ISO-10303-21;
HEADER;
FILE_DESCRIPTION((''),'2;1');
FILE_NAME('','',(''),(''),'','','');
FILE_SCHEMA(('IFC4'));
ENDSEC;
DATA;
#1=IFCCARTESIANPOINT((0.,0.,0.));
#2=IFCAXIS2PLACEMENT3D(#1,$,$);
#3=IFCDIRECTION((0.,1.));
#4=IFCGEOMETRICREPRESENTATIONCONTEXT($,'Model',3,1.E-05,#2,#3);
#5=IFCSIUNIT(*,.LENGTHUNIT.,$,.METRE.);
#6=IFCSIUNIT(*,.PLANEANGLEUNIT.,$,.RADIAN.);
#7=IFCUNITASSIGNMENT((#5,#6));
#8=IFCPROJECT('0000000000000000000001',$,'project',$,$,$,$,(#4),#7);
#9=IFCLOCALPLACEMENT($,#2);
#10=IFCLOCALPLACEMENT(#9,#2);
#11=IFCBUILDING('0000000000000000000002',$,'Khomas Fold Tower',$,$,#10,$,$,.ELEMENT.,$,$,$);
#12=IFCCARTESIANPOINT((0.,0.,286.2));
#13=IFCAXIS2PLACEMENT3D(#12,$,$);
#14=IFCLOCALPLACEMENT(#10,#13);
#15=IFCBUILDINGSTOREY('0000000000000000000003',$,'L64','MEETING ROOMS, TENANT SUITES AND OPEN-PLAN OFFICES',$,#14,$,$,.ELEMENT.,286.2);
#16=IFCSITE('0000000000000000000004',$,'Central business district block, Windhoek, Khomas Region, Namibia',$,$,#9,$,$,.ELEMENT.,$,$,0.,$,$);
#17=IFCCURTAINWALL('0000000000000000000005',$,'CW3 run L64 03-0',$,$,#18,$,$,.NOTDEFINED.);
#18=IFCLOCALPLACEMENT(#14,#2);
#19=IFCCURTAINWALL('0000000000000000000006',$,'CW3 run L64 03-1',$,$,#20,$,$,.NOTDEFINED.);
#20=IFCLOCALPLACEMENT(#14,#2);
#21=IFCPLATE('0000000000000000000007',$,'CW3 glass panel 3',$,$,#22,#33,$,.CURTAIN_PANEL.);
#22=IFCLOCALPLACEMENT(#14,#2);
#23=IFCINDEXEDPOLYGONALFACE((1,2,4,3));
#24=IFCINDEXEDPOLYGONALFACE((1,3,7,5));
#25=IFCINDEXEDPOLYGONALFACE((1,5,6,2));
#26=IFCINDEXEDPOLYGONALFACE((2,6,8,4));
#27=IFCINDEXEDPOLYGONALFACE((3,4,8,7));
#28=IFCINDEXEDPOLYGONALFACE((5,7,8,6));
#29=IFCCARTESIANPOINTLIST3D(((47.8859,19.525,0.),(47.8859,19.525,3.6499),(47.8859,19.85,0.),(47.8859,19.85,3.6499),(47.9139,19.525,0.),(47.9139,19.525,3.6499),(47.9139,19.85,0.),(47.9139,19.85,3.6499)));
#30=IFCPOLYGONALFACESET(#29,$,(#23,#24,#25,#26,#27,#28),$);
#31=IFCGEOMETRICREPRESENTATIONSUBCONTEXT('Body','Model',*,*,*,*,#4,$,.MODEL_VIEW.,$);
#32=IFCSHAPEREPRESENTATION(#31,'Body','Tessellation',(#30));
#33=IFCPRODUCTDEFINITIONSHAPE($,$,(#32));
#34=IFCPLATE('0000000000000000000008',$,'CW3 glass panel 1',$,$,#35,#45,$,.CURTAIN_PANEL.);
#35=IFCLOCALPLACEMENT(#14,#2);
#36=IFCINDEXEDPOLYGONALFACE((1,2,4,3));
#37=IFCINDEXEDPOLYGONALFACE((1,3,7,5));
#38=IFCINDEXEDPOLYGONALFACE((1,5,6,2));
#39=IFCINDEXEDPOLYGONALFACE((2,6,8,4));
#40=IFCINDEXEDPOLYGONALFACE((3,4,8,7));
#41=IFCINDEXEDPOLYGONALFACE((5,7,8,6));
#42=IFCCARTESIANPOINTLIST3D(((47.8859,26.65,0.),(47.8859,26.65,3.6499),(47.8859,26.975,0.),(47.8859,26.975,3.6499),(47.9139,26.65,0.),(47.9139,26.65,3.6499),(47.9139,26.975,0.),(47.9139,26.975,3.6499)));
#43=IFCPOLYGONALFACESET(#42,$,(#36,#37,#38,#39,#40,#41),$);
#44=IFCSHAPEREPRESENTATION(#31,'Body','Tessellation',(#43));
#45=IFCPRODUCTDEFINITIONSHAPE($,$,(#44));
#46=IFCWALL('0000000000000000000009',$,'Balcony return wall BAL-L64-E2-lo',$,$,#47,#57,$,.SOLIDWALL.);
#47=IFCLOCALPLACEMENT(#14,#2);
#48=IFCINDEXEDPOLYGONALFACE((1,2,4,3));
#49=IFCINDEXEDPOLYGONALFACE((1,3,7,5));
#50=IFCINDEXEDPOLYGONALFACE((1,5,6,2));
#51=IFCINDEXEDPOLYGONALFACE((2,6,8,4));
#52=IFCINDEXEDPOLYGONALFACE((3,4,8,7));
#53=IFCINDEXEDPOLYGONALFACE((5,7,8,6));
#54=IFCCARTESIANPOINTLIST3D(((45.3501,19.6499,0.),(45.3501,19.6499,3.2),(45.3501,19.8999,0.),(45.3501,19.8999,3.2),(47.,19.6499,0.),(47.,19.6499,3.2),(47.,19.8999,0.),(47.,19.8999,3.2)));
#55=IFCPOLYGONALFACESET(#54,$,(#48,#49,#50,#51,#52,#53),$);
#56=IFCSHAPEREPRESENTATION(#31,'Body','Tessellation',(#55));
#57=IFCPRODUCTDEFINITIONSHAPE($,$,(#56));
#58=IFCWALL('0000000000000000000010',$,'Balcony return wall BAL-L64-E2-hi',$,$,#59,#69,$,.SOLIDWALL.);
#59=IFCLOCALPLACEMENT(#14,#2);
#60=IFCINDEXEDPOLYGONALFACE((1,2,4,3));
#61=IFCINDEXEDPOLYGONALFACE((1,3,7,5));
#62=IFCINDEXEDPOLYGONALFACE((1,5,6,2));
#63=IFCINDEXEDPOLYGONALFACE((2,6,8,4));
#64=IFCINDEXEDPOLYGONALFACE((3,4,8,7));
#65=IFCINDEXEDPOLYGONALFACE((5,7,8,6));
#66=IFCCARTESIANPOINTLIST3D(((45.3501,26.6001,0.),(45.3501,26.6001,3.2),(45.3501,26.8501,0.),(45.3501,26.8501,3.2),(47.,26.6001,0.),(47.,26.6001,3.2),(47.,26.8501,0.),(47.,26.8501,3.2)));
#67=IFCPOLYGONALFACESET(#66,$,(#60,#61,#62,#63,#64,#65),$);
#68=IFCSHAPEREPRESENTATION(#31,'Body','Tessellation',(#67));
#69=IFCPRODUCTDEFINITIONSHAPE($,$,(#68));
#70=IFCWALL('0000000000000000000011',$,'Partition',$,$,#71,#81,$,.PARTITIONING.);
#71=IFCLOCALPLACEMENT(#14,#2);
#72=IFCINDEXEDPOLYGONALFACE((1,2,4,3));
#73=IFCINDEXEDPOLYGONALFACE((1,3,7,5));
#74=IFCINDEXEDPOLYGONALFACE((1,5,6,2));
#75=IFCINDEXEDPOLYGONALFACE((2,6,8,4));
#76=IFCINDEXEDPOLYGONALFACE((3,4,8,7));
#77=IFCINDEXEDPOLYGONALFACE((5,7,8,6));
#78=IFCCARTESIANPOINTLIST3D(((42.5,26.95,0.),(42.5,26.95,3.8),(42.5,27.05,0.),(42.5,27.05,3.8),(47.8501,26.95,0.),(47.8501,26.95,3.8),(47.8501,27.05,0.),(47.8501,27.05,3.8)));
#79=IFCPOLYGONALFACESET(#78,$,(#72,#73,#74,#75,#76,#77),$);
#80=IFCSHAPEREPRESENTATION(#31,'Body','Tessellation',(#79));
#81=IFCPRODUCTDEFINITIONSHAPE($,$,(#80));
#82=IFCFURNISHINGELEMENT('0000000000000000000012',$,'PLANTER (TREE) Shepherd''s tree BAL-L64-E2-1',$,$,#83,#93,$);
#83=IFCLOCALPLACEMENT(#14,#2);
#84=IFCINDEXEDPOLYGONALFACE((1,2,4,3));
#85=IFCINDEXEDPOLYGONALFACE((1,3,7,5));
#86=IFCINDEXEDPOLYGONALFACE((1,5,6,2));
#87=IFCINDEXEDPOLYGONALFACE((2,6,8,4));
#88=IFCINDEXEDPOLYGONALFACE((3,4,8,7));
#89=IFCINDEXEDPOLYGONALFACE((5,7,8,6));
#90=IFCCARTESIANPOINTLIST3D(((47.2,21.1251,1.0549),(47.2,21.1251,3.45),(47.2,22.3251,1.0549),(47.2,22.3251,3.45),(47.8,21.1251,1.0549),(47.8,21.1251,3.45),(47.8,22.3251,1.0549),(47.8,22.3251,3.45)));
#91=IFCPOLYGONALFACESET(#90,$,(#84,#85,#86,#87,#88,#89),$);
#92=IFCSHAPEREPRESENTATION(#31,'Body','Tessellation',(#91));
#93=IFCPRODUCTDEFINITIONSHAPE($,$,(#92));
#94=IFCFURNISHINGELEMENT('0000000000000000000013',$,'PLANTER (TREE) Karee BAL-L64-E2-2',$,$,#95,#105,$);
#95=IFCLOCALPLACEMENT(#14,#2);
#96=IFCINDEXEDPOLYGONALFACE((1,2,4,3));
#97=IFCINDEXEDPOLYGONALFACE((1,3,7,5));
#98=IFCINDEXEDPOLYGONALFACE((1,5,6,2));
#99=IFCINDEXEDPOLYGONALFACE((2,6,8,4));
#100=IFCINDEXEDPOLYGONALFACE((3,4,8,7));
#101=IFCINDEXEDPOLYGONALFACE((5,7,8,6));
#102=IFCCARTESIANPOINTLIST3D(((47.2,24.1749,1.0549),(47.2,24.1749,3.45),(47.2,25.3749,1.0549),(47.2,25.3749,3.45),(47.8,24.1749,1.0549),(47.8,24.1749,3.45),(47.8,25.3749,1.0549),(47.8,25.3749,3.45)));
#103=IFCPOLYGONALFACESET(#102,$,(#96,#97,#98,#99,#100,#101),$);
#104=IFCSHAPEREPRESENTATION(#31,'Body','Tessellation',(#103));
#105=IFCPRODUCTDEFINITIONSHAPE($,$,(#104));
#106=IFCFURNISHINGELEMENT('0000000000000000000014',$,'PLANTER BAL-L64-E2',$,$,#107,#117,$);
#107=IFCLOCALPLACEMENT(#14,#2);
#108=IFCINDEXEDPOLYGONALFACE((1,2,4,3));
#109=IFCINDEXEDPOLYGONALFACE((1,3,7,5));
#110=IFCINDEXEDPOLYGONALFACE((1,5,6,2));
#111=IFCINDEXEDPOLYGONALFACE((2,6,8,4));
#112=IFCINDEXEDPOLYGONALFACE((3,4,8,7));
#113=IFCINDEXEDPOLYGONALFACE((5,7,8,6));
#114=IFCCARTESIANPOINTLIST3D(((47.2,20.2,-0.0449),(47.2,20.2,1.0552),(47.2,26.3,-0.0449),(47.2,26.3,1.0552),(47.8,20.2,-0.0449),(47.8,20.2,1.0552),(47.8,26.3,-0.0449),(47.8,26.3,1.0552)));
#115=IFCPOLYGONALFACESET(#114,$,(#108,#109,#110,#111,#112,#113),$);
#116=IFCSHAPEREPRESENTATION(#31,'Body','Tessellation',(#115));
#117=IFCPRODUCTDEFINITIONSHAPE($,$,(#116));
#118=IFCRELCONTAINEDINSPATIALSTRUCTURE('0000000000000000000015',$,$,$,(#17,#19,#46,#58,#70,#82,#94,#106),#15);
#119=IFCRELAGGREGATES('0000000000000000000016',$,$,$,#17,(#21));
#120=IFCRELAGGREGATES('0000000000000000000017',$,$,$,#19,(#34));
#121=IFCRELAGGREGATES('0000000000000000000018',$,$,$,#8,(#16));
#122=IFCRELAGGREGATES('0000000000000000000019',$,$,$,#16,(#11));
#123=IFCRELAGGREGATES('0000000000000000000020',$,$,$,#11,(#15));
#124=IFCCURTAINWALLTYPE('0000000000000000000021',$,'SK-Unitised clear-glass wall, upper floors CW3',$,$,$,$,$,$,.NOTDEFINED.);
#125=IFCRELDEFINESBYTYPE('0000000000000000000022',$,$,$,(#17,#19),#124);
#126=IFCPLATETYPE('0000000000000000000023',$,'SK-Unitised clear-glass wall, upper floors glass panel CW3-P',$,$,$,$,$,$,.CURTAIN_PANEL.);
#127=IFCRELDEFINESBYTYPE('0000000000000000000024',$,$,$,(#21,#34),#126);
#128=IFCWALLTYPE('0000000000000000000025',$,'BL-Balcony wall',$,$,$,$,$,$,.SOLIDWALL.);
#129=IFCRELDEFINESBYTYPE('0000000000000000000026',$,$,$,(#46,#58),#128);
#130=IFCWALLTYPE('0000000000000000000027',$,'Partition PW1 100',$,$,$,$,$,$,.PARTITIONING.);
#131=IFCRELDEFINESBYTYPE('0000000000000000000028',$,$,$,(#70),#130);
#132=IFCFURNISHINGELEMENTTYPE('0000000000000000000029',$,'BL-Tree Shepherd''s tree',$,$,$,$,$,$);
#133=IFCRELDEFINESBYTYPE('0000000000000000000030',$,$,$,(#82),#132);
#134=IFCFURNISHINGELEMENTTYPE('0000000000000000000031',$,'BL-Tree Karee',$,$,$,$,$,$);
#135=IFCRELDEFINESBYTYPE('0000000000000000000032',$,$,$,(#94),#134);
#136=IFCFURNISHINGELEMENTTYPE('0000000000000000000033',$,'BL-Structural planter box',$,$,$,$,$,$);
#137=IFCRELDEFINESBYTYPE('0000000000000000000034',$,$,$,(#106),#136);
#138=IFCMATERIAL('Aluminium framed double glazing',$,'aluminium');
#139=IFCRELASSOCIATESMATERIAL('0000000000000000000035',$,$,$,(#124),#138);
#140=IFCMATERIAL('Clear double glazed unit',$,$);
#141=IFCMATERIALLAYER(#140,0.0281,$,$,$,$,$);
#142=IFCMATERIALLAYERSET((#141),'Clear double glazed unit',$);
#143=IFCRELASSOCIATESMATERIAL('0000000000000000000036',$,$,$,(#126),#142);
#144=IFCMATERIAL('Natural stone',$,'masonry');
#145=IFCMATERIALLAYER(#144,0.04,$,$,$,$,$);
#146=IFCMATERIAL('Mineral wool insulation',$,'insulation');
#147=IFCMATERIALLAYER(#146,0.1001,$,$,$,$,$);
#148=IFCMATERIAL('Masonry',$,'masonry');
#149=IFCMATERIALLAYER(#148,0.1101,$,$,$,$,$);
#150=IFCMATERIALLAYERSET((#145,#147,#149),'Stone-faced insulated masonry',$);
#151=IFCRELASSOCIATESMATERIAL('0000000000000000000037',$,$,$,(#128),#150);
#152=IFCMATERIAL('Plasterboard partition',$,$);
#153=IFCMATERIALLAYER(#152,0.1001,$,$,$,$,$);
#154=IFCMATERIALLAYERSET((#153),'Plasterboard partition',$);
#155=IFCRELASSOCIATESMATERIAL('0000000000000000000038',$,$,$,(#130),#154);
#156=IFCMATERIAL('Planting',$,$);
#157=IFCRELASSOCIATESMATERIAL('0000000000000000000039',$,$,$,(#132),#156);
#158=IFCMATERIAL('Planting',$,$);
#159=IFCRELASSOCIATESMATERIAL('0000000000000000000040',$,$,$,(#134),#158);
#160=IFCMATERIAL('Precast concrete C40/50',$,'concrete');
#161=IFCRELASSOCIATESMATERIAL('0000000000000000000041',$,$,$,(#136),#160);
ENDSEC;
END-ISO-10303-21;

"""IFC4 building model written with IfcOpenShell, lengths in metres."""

from ifc_helpers import new_model, si_unit, direction, frame, frame_2d, origin, origin_2d, place, context, subcontext, project, spatial, rectangle, extrude, source, transform, mapped, material, layer, layer_set, type_object, element, aggregate, save


model = new_model("IFC4")

# Units and contexts
model_context = context("Model", 3, precision=1e-05, world=origin(), true_north=direction((0.0, 1.0)))
body_context = subcontext(model_context, "Body", "Model", "MODEL_VIEW")
ifc_project = project(units=[si_unit("LENGTHUNIT", "METRE"), si_unit("PLANEANGLEUNIT", "RADIAN")], contexts=[model_context])

# Site, building, storey
site_placement = place(None, origin())
site = spatial("IfcSite", under=ifc_project, at=site_placement, Name="Central business district block, Windhoek, Khomas Region, Namibia", CompositionType="ELEMENT", RefElevation=0.0)
building_placement = place(site_placement, origin())
building = spatial("IfcBuilding", under=site, at=building_placement, Name="Khomas Fold Tower", CompositionType="ELEMENT")
storey_placement = place(building_placement, frame((0.0, 0.0, 286.2)))
storey = spatial("IfcBuildingStorey", under=building, at=storey_placement, Name="L64", Description="MEETING ROOMS, TENANT SUITES AND OPEN-PLAN OFFICES", CompositionType="ELEMENT", Elevation=286.2)

# Curtain wall
ifc_material_1 = material(Name="Aluminium framed double glazing", Category="aluminium")
curtain_wall_type = type_object("IfcCurtainWallType", Name="SK-Unitised clear-glass wall, upper floors CW3", PredefinedType="NOTDEFINED", material=ifc_material_1)
curtain_wall_1_placement = place(storey_placement, origin())
curtain_wall_1 = element("IfcCurtainWall", 1, at=curtain_wall_1_placement, inside=storey, type_object=curtain_wall_type, Name="CW3 run L64 03-0", PredefinedType="NOTDEFINED")

# Curtain wall
curtain_wall_2_placement = place(storey_placement, origin())
curtain_wall_2 = element("IfcCurtainWall", 2, at=curtain_wall_2_placement, inside=storey, type_object=curtain_wall_type, Name="CW3 run L64 03-1", PredefinedType="NOTDEFINED")

# Plates
ifc_material_2 = material(Name="Clear double glazed unit")
ifc_layer_1 = layer(ifc_material_2, 0.0281)
ifc_layer_set_1 = layer_set([ifc_layer_1], Name="Clear double glazed unit")
plate_type = type_object("IfcPlateType", Name="SK-Unitised clear-glass wall, upper floors glass panel CW3-P", PredefinedType="CURTAIN_PANEL", material=ifc_layer_set_1)
shared_shape_1 = source(origin(), body_context, "Body", "SweptSolid", [
    extrude(rectangle(XDim=0.325, YDim=0.0281, at=origin_2d()), origin(), (0.0, 0.0, 1.0), 3.6499),
])
plate_1_placement = place(storey_placement, frame((47.8999, 19.6875, 0.0), z_axis=(0.0, 0.0, 1.0), x_axis=(0.0, 1.0, 0.0)))
plate_1 = element("IfcPlate", 3, at=plate_1_placement, type_object=plate_type, Name="CW3 glass panel 3", PredefinedType="CURTAIN_PANEL", context=body_context, shape_type="MappedRepresentation", body=[
    mapped(shared_shape_1, transform((0.0, 0.0, 0.0))),
])
aggregate(curtain_wall_1, [plate_1])
plate_2_placement = place(storey_placement, frame((47.8999, 26.8125, 0.0), z_axis=(0.0, 0.0, 1.0), x_axis=(0.0, 1.0, 0.0)))
plate_2 = element("IfcPlate", 4, at=plate_2_placement, type_object=plate_type, Name="CW3 glass panel 1", PredefinedType="CURTAIN_PANEL", context=body_context, shape_type="MappedRepresentation", body=[
    mapped(shared_shape_1, transform((0.0, 0.0, 0.0))),
])
aggregate(curtain_wall_2, [plate_2])

# Shared definitions
ifc_material_3 = material(Name="Natural stone", Category="masonry")
ifc_layer_2 = layer(ifc_material_3, 0.04)
ifc_material_4 = material(Name="Mineral wool insulation", Category="insulation")
ifc_layer_3 = layer(ifc_material_4, 0.1001)
ifc_material_5 = material(Name="Masonry", Category="masonry")
ifc_layer_4 = layer(ifc_material_5, 0.1101)
ifc_layer_set_2 = layer_set([ifc_layer_2, ifc_layer_3, ifc_layer_4], Name="Stone-faced insulated masonry")
wall_type_1 = type_object("IfcWallType", Name="BL-Balcony wall", PredefinedType="SOLIDWALL", material=ifc_layer_set_2)

# Walls
shared_shape_2 = source(origin(), body_context, "Body", "SweptSolid", [
    extrude(rectangle(XDim=1.6499, YDim=0.25, at=frame_2d((0.825, 0.0))), origin(), (0.0, 0.0, 1.0), 3.2),
])
for number, where, z_axis, x_axis, name in (
    (5, (47.0, 19.7749, 0.0), (0.0, 0.0, 1.0), (-1.0, 0.0, 0.0), "Balcony return wall BAL-L64-E2-lo"),
    (6, (47.0, 26.7251, 0.0), (0.0, 0.0, 1.0), (-1.0, 0.0, 0.0), "Balcony return wall BAL-L64-E2-hi"),
):
    element("IfcWall", number, at=place(storey_placement, frame(where, z_axis=z_axis, x_axis=x_axis)), inside=storey, type_object=wall_type_1, Name=name, PredefinedType="SOLIDWALL", context=body_context, shape_type="MappedRepresentation", body=[
        mapped(shared_shape_2, transform((0.0, 0.0, 0.0))),
    ])
ifc_material_6 = material(Name="Plasterboard partition")
ifc_layer_5 = layer(ifc_material_6, 0.1001)
ifc_layer_set_3 = layer_set([ifc_layer_5], Name="Plasterboard partition")
wall_type_2 = type_object("IfcWallType", Name="Partition PW1 100", PredefinedType="PARTITIONING", material=ifc_layer_set_3)
shared_shape_3 = source(origin(), body_context, "Body", "SweptSolid", [
    extrude(rectangle(XDim=5.3501, YDim=0.1001, at=frame_2d((2.675, 0.0))), origin(), (0.0, 0.0, 1.0), 3.8),
])
wall_1_placement = place(storey_placement, frame((42.5, 27.0, 0.0), z_axis=(0.0, 0.0, 1.0), x_axis=(1.0, 0.0, 0.0)))
element("IfcWall", 7, at=wall_1_placement, inside=storey, type_object=wall_type_2, Name="Partition", PredefinedType="PARTITIONING", context=body_context, shape_type="MappedRepresentation", body=[
    mapped(shared_shape_3, transform((0.0, 0.0, 0.0))),
])

# Furnishing elements
ifc_material_7 = material(Name="Planting")
furnishing_element_type_1 = type_object("IfcFurnishingElementType", Name="BL-Tree Shepherd's tree", material=ifc_material_7)
shared_shape_4 = source(origin(), body_context, "Body", "SweptSolid", [
    extrude(rectangle(XDim=1.2, YDim=0.6001, at=origin_2d()), origin(), (0.0, 0.0, 1.0), 2.395),
])
furnishing_1_placement = place(storey_placement, frame((47.5, 21.7251, 1.0549), z_axis=(0.0, 0.0, 1.0), x_axis=(0.0, 1.0, 0.0)))
element("IfcFurnishingElement", 8, at=furnishing_1_placement, inside=storey, type_object=furnishing_element_type_1, Name="PLANTER (TREE) Shepherd's tree BAL-L64-E2-1", context=body_context, shape_type="MappedRepresentation", body=[
    mapped(shared_shape_4, transform((0.0, 0.0, 0.0))),
])
ifc_material_8 = material(Name="Planting")
furnishing_element_type_2 = type_object("IfcFurnishingElementType", Name="BL-Tree Karee", material=ifc_material_8)
furnishing_2_placement = place(storey_placement, frame((47.5, 24.7749, 1.0549), z_axis=(0.0, 0.0, 1.0), x_axis=(0.0, 1.0, 0.0)))
element("IfcFurnishingElement", 9, at=furnishing_2_placement, inside=storey, type_object=furnishing_element_type_2, Name="PLANTER (TREE) Karee BAL-L64-E2-2", context=body_context, shape_type="MappedRepresentation", body=[
    mapped(shared_shape_4, transform((0.0, 0.0, 0.0))),
])
ifc_material_9 = material(Name="Precast concrete C40/50", Category="concrete")
furnishing_element_type_3 = type_object("IfcFurnishingElementType", Name="BL-Structural planter box", material=ifc_material_9)
shared_shape_5 = source(origin(), body_context, "Body", "SweptSolid", [
    extrude(rectangle(XDim=6.1001, YDim=0.6001, at=origin_2d()), origin(), (0.0, 0.0, 1.0), 1.1001),
])
furnishing_3_placement = place(storey_placement, frame((47.5, 23.25, -0.0449), z_axis=(0.0, 0.0, 1.0), x_axis=(0.0, 1.0, 0.0)))
element("IfcFurnishingElement", 10, at=furnishing_3_placement, inside=storey, type_object=furnishing_element_type_3, Name="PLANTER BAL-L64-E2", context=body_context, shape_type="MappedRepresentation", body=[
    mapped(shared_shape_5, transform((0.0, 0.0, 0.0))),
])

save(model, "model.ifc")
